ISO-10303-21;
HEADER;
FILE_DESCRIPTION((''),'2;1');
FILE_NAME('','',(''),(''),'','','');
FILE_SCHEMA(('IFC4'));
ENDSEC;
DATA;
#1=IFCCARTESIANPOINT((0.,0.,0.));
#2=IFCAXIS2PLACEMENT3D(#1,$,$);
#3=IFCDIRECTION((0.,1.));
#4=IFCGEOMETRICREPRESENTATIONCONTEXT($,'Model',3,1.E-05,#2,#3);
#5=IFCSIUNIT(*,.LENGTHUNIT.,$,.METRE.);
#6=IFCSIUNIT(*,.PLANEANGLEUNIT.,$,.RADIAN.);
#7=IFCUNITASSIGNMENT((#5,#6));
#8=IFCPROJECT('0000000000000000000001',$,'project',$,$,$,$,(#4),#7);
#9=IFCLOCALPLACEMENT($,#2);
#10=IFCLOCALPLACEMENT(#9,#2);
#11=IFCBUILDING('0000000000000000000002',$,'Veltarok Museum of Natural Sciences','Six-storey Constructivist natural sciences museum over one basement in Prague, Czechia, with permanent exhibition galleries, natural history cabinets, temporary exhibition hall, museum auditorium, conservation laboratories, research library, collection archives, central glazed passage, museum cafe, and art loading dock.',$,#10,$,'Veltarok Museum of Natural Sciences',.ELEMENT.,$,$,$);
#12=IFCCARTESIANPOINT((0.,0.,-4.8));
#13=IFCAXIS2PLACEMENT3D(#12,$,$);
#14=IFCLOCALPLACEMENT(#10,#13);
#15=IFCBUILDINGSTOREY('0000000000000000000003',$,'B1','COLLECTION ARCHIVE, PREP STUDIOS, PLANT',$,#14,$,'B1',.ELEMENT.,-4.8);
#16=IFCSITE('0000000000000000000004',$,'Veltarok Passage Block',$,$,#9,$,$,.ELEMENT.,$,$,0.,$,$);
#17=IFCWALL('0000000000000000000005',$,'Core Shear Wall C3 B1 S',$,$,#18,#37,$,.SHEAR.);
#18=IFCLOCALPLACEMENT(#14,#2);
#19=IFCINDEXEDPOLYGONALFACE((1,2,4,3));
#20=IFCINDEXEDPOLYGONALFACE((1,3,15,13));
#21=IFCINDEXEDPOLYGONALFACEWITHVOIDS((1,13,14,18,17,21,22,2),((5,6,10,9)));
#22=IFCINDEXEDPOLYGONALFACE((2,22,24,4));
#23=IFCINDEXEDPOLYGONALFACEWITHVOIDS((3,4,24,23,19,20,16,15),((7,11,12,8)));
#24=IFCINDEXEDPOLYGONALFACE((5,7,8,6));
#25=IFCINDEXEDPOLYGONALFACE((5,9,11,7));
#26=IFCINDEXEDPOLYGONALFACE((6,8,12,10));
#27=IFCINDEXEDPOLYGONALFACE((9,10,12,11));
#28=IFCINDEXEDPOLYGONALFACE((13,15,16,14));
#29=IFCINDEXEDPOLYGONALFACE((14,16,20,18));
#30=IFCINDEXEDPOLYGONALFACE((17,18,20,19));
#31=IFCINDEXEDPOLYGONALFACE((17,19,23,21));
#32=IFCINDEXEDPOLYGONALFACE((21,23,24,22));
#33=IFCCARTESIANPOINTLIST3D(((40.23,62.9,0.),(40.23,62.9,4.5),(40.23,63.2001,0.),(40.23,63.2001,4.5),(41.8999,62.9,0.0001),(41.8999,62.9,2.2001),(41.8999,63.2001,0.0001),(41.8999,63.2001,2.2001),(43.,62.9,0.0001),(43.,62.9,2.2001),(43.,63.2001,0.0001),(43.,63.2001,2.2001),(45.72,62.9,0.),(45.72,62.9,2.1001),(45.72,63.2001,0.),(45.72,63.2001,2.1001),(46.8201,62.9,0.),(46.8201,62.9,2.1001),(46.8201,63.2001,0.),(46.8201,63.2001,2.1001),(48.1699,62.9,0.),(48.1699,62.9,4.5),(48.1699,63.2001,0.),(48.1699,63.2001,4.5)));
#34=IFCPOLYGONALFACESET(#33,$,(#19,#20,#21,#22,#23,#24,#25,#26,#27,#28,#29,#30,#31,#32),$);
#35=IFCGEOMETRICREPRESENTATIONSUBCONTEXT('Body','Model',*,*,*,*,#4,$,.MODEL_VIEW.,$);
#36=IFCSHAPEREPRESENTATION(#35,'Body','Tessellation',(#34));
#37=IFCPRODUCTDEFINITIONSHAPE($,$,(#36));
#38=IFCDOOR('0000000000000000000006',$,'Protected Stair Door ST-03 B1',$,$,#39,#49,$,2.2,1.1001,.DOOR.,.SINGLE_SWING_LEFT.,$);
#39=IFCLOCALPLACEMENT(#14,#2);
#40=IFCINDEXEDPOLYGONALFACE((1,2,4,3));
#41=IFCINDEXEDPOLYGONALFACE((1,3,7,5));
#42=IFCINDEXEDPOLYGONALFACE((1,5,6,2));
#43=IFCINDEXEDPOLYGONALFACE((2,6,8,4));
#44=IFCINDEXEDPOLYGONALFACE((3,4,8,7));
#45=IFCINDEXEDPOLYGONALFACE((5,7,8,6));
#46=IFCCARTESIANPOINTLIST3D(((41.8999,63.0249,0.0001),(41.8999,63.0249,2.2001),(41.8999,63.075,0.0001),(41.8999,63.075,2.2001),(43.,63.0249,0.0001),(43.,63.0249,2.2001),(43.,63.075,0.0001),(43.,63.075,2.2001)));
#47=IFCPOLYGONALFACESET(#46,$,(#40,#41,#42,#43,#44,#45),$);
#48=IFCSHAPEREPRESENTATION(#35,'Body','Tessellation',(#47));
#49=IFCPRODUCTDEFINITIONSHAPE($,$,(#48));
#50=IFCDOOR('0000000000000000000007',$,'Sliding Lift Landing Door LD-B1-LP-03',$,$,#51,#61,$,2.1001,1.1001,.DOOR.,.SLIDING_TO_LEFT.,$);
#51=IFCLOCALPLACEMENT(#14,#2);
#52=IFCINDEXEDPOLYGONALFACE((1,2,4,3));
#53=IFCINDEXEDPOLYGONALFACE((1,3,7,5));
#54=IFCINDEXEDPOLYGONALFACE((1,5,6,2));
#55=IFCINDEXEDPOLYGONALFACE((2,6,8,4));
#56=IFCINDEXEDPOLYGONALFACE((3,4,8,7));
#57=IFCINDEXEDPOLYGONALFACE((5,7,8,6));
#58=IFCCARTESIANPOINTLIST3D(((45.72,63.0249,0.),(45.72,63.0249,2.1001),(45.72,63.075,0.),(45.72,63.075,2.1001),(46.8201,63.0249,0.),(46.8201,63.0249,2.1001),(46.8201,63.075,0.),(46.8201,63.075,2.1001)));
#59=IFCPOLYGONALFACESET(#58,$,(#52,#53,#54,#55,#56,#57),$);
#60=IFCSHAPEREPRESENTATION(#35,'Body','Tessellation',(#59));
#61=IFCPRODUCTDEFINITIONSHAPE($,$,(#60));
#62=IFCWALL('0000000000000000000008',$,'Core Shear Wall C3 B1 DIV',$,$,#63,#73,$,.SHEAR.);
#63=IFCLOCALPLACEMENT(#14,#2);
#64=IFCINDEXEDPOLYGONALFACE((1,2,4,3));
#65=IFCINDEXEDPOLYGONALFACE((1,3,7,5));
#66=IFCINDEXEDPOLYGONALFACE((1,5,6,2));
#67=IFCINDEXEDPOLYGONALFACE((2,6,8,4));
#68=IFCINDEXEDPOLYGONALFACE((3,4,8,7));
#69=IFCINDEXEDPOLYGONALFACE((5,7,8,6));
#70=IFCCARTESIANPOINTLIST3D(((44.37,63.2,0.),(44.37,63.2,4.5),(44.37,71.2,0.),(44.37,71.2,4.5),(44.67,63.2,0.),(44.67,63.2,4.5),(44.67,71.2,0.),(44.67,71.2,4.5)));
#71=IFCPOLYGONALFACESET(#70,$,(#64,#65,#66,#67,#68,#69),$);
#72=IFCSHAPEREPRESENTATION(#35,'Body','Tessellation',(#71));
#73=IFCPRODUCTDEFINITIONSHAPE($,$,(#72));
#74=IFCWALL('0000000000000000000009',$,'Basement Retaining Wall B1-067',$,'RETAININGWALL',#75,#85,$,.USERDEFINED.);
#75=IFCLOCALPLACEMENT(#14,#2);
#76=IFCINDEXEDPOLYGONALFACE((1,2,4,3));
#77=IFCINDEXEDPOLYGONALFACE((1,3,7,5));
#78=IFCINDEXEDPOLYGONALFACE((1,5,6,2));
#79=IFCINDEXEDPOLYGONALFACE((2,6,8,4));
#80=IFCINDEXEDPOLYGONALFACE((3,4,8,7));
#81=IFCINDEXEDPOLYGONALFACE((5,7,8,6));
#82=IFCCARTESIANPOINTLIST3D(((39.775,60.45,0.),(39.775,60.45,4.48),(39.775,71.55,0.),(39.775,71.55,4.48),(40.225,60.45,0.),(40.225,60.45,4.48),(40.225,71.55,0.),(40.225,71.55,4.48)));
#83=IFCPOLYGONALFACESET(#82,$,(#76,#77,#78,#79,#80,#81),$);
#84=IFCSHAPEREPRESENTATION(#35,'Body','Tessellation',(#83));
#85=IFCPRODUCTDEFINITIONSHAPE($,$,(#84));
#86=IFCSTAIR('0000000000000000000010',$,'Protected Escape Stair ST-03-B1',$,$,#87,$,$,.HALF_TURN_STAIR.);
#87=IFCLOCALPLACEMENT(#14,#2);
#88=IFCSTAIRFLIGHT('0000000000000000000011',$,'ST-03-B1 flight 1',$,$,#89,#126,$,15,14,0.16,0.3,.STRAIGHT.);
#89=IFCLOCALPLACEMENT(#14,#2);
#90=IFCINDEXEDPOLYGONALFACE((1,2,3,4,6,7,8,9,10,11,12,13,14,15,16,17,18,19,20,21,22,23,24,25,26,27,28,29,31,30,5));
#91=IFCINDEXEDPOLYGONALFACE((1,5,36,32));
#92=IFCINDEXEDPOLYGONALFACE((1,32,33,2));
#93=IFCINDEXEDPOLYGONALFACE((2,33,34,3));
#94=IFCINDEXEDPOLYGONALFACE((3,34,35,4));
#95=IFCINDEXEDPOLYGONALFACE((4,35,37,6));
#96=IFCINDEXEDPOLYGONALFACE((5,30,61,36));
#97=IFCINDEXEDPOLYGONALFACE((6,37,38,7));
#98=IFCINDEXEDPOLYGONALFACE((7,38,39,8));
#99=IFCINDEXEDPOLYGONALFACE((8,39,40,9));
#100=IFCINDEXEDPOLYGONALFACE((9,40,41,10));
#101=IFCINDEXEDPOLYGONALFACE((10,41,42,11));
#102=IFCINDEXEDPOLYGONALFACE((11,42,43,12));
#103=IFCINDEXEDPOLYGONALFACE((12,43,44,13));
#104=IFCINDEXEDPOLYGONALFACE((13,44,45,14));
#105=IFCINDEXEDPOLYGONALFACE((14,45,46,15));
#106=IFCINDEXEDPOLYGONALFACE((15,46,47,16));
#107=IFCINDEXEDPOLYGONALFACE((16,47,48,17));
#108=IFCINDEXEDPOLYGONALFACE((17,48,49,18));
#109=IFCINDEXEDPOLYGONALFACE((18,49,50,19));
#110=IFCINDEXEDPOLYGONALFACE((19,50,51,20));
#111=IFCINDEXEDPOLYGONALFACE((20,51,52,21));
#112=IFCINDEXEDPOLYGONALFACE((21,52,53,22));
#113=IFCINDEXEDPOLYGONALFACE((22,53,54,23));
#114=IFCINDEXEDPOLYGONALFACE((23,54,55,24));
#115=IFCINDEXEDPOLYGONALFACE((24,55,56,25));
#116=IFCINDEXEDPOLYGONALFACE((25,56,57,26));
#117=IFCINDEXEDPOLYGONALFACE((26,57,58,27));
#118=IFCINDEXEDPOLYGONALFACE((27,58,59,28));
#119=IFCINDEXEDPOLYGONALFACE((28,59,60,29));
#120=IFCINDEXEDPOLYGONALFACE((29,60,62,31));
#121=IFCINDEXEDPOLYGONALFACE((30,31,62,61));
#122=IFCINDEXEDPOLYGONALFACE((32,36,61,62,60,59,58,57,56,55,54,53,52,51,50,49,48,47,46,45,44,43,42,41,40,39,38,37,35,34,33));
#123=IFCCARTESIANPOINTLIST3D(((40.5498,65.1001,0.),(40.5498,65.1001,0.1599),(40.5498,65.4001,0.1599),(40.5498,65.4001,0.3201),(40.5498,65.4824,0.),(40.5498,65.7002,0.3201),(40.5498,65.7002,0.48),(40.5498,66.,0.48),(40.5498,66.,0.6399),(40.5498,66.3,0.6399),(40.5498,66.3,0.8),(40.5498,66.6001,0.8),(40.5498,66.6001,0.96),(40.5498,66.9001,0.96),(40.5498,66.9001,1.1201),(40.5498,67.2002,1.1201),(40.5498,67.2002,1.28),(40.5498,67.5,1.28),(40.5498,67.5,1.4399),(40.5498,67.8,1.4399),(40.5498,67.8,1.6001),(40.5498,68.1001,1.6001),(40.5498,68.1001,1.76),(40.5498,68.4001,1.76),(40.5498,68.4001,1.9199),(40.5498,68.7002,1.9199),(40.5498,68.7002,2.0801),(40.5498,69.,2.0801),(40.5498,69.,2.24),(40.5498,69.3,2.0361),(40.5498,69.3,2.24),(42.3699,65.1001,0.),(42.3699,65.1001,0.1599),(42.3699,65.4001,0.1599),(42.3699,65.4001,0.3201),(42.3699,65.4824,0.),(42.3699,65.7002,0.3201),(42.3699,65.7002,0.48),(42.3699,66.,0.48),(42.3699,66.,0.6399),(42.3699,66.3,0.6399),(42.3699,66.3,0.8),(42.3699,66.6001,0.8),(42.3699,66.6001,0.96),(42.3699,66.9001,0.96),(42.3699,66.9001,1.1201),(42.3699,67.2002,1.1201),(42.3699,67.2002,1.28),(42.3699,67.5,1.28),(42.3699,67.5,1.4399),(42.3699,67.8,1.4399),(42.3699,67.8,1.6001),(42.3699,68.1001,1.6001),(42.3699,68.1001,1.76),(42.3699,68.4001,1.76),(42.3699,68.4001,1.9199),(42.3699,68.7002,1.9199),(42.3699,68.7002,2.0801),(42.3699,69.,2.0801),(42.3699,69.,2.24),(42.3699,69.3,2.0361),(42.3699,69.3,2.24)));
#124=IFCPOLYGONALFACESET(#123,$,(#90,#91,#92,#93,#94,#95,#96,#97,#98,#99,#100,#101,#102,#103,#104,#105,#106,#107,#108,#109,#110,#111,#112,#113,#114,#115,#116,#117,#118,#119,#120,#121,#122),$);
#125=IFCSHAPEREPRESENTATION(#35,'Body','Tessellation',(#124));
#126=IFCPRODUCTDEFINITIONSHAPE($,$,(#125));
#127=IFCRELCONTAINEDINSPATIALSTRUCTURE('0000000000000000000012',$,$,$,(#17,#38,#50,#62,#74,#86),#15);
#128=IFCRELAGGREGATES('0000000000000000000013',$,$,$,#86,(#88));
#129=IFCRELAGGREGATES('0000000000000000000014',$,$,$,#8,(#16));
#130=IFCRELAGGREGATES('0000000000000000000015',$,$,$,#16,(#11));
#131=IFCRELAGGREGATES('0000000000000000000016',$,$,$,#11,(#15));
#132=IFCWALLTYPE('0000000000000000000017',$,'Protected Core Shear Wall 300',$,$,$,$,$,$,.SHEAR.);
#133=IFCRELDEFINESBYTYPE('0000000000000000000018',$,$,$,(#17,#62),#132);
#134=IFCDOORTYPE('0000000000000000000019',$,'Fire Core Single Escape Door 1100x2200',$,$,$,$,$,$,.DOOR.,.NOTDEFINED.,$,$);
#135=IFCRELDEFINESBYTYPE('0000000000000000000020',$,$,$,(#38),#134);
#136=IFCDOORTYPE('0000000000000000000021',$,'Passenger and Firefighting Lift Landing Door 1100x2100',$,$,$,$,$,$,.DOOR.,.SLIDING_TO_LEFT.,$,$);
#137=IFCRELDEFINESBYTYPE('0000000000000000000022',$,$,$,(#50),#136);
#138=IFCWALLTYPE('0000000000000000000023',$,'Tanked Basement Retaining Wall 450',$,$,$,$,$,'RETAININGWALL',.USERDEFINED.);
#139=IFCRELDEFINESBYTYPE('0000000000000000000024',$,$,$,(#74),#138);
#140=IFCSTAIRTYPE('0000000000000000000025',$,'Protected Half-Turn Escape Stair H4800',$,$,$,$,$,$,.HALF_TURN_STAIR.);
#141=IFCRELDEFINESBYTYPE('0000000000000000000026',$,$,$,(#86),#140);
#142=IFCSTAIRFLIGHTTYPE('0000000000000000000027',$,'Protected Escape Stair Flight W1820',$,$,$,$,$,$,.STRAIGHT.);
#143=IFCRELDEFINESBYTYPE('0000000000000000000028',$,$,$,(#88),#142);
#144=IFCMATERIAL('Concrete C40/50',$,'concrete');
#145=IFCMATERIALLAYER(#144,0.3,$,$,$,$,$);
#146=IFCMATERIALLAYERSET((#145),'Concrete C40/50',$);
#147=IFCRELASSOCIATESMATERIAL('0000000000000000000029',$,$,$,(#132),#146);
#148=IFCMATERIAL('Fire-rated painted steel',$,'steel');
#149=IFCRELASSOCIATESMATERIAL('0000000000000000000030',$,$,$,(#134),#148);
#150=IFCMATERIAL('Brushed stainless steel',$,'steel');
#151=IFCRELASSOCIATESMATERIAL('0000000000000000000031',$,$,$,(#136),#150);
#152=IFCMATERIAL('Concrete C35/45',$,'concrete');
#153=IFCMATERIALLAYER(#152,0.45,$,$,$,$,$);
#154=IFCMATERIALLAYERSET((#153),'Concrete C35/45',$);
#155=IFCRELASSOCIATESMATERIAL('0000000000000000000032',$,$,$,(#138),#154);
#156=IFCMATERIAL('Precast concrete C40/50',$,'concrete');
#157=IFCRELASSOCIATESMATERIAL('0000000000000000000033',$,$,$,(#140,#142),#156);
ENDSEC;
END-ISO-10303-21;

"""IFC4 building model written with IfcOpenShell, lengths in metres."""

from ifc_helpers import new_model, si_unit, direction, frame, frame_2d, origin, place, context, subcontext, project, spatial, polyline, rectangle, outline, extrude, material, layer, layer_set, type_object, element, fill, aggregate, save


model = new_model("IFC4")

# Units and contexts
model_context = context("Model", 3, precision=1e-05, world=origin(), true_north=direction((0.0, 1.0)))
body_context = subcontext(model_context, "Body", "Model", "MODEL_VIEW")
ifc_project = project(units=[si_unit("LENGTHUNIT", "METRE"), si_unit("PLANEANGLEUNIT", "RADIAN")], contexts=[model_context])

# Site, building, storey
site_placement = place(None, origin())
site = spatial("IfcSite", under=ifc_project, at=site_placement, Name="Veltarok Passage Block", CompositionType="ELEMENT", RefElevation=0.0)
building_placement = place(site_placement, origin())
building = spatial("IfcBuilding", under=site, at=building_placement, Name="Veltarok Museum of Natural Sciences", Description="Six-storey Constructivist natural sciences museum over one basement in Prague, Czechia, with permanent exhibition galleries, natural history cabinets, temporary exhibition hall, museum auditorium, conservation laboratories, research library, collection archives, central glazed passage, museum cafe, and art loading dock.", LongName="Veltarok Museum of Natural Sciences", CompositionType="ELEMENT")
storey_placement = place(building_placement, frame((0.0, 0.0, -4.8)))
storey = spatial("IfcBuildingStorey", under=building, at=storey_placement, Name="B1", Description="COLLECTION ARCHIVE, PREP STUDIOS, PLANT", LongName="B1", CompositionType="ELEMENT", Elevation=-4.8)

# Shared definitions
ifc_material_1 = material(Name="Concrete C35/45", Category="concrete")

# Shared definitions
ifc_material_2 = material(Name="Concrete C40/50", Category="concrete")

# Wall, openings, doors
ifc_layer_1 = layer(ifc_material_2, 0.3)
ifc_layer_set_1 = layer_set([ifc_layer_1], Name="Concrete C40/50")
wall_type_1 = type_object("IfcWallType", Name="Protected Core Shear Wall 300", PredefinedType="SHEAR", material=ifc_layer_set_1)
wall_1_placement = place(storey_placement, frame((40.23, 63.05, 0.0), z_axis=(0.0, 0.0, 1.0), x_axis=(1.0, 0.0, 0.0)))
wall_1 = element("IfcWall", 1, at=wall_1_placement, inside=storey, type_object=wall_type_1, Name="Core Shear Wall C3 B1 S", PredefinedType="SHEAR", context=body_context, shape_type="SweptSolid", body=[
    extrude(rectangle(XDim=7.9399, YDim=0.3, at=frame_2d((3.97, 0.0))), origin(), (0.0, 0.0, 1.0), 4.5),
])
opening_1_placement = place(wall_1_placement, frame((1.6699, 0.0, 0.0)))
opening_1 = element("IfcOpeningElement", 2, at=opening_1_placement, cuts=wall_1, PredefinedType="OPENING", context=body_context, shape_type="SweptSolid", body=[
    extrude(rectangle(XDim=1.1001, YDim=2.2, at=frame_2d((0.55, 1.1001))), frame((0.0, 0.1602, 0.0), z_axis=(0.0, -1.0, 0.0), x_axis=(1.0, 0.0, 0.0)), (0.0, 0.0, 1.0), 0.3201),
])
opening_2_placement = place(wall_1_placement, frame((5.49, 0.0, 0.0)))
opening_2 = element("IfcOpeningElement", 3, at=opening_2_placement, cuts=wall_1, PredefinedType="OPENING", context=body_context, shape_type="SweptSolid", body=[
    extrude(rectangle(XDim=1.1001, YDim=2.1001, at=frame_2d((0.55, 1.05))), frame((0.0, 0.1602, 0.0), z_axis=(0.0, -1.0, 0.0), x_axis=(1.0, 0.0, 0.0)), (0.0, 0.0, 1.0), 0.3201),
])
ifc_material_3 = material(Name="Fire-rated painted steel", Category="steel")
door_type_1 = type_object("IfcDoorType", Name="Fire Core Single Escape Door 1100x2200", OperationType="NOTDEFINED", PredefinedType="DOOR", material=ifc_material_3)
door_1_placement = place(opening_1_placement, origin())
door_1 = element("IfcDoor", 4, at=door_1_placement, inside=storey, type_object=door_type_1, Name="Protected Stair Door ST-03 B1", OperationType="SINGLE_SWING_LEFT", OverallHeight=2.2, OverallWidth=1.1001, PredefinedType="DOOR", context=body_context, shape_type="SweptSolid", body=[
    extrude(rectangle(XDim=1.1001, YDim=2.2, at=frame_2d((0.55, 1.1001))), frame((0.0, 0.0249, 0.0), z_axis=(0.0, -1.0, 0.0), x_axis=(1.0, 0.0, 0.0)), (0.0, 0.0, 1.0), 0.05),
])
fill(opening_1, door_1)
ifc_material_4 = material(Name="Brushed stainless steel", Category="steel")
door_type_2 = type_object("IfcDoorType", Name="Passenger and Firefighting Lift Landing Door 1100x2100", OperationType="SLIDING_TO_LEFT", PredefinedType="DOOR", material=ifc_material_4)
door_2_placement = place(opening_2_placement, origin())
door_2 = element("IfcDoor", 5, at=door_2_placement, inside=storey, type_object=door_type_2, Name="Sliding Lift Landing Door LD-B1-LP-03", OperationType="SLIDING_TO_LEFT", OverallHeight=2.1001, OverallWidth=1.1001, PredefinedType="DOOR", context=body_context, shape_type="SweptSolid", body=[
    extrude(rectangle(XDim=1.1001, YDim=2.1001, at=frame_2d((0.55, 1.05))), frame((0.0, 0.0249, 0.0), z_axis=(0.0, -1.0, 0.0), x_axis=(1.0, 0.0, 0.0)), (0.0, 0.0, 1.0), 0.05),
])
fill(opening_2, door_2)

# Walls
wall_2_placement = place(storey_placement, frame((44.52, 63.2, 0.0), z_axis=(0.0, 0.0, 1.0), x_axis=(0.0, 1.0, 0.0)))
element("IfcWall", 6, at=wall_2_placement, inside=storey, type_object=wall_type_1, Name="Core Shear Wall C3 B1 DIV", PredefinedType="SHEAR", context=body_context, shape_type="SweptSolid", body=[
    extrude(rectangle(XDim=8.0, YDim=0.3, at=frame_2d((4.0, 0.0))), origin(), (0.0, 0.0, 1.0), 4.5),
])
ifc_layer_2 = layer(ifc_material_1, 0.45)
ifc_layer_set_2 = layer_set([ifc_layer_2], Name="Concrete C35/45")
wall_type_2 = type_object("IfcWallType", Name="Tanked Basement Retaining Wall 450", ElementType="RETAININGWALL", PredefinedType="USERDEFINED", material=ifc_layer_set_2)
wall_3_placement = place(storey_placement, frame((40.0, 60.45, 0.0), z_axis=(0.0, 0.0, 1.0), x_axis=(0.0, 1.0, 0.0)))
element("IfcWall", 7, at=wall_3_placement, inside=storey, type_object=wall_type_2, Name="Basement Retaining Wall B1-067", ObjectType="RETAININGWALL", PredefinedType="USERDEFINED", context=body_context, shape_type="SweptSolid", body=[
    extrude(rectangle(XDim=11.1001, YDim=0.45, at=frame_2d((5.55, 0.0))), origin(), (0.0, 0.0, 1.0), 4.48),
])

# Stair, stair flight
ifc_material_5 = material(Name="Precast concrete C40/50", Category="concrete")
stair_type = type_object("IfcStairType", Name="Protected Half-Turn Escape Stair H4800", PredefinedType="HALF_TURN_STAIR", material=ifc_material_5)
stair_placement = place(storey_placement, origin())
stair = element("IfcStair", 8, at=stair_placement, inside=storey, type_object=stair_type, Name="Protected Escape Stair ST-03-B1", PredefinedType="HALF_TURN_STAIR")
stair_flight_type = type_object("IfcStairFlightType", Name="Protected Escape Stair Flight W1820", PredefinedType="STRAIGHT", material=ifc_material_5)
stair_flight_placement = place(storey_placement, frame((41.46, 65.1001, 0.0), z_axis=(0.0, 0.0, 1.0), x_axis=(0.0, 1.0, 0.0)))
stair_flight = element("IfcStairFlight", 9, at=stair_flight_placement, type_object=stair_flight_type, Name="ST-03-B1 flight 1", NumberOfRisers=15, NumberOfTreads=14, PredefinedType="STRAIGHT", RiserHeight=0.16, TreadLength=0.3, context=body_context, shape_type="SweptSolid", body=[
    extrude(outline(polyline([(0.0, 0.0), (0.0, 0.1599), (0.3, 0.1599), (0.3, 0.3201), (0.6001, 0.3201), (0.6001, 0.48), (0.8999, 0.48), (0.8999, 0.6399), (1.2, 0.6399), (1.2, 0.8), (1.5, 0.8), (1.5, 0.96), (1.8, 0.96), (1.8, 1.1201), (2.1001, 1.1201), (2.1001, 1.28), (2.3999, 1.28), (2.3999, 1.4399), (2.7, 1.4399), (2.7, 1.6001), (3.0, 1.6001), (3.0, 1.76), (3.3, 1.76), (3.3, 1.9199), (3.6001, 1.9199), (3.6001, 2.0801), (3.8999, 2.0801), (3.8999, 2.24), (4.2, 2.24), (4.2, 2.3999), (4.2, 2.0361), (0.3823, 0.0), (0.0, 0.0)])), frame((0.0, 0.9102, 0.0), z_axis=(0.0, -1.0, 0.0), x_axis=(1.0, 0.0, 0.0)), (0.0, 0.0, 1.0), 1.8201),
])
aggregate(stair, [stair_flight])

save(model, "model.ifc")
